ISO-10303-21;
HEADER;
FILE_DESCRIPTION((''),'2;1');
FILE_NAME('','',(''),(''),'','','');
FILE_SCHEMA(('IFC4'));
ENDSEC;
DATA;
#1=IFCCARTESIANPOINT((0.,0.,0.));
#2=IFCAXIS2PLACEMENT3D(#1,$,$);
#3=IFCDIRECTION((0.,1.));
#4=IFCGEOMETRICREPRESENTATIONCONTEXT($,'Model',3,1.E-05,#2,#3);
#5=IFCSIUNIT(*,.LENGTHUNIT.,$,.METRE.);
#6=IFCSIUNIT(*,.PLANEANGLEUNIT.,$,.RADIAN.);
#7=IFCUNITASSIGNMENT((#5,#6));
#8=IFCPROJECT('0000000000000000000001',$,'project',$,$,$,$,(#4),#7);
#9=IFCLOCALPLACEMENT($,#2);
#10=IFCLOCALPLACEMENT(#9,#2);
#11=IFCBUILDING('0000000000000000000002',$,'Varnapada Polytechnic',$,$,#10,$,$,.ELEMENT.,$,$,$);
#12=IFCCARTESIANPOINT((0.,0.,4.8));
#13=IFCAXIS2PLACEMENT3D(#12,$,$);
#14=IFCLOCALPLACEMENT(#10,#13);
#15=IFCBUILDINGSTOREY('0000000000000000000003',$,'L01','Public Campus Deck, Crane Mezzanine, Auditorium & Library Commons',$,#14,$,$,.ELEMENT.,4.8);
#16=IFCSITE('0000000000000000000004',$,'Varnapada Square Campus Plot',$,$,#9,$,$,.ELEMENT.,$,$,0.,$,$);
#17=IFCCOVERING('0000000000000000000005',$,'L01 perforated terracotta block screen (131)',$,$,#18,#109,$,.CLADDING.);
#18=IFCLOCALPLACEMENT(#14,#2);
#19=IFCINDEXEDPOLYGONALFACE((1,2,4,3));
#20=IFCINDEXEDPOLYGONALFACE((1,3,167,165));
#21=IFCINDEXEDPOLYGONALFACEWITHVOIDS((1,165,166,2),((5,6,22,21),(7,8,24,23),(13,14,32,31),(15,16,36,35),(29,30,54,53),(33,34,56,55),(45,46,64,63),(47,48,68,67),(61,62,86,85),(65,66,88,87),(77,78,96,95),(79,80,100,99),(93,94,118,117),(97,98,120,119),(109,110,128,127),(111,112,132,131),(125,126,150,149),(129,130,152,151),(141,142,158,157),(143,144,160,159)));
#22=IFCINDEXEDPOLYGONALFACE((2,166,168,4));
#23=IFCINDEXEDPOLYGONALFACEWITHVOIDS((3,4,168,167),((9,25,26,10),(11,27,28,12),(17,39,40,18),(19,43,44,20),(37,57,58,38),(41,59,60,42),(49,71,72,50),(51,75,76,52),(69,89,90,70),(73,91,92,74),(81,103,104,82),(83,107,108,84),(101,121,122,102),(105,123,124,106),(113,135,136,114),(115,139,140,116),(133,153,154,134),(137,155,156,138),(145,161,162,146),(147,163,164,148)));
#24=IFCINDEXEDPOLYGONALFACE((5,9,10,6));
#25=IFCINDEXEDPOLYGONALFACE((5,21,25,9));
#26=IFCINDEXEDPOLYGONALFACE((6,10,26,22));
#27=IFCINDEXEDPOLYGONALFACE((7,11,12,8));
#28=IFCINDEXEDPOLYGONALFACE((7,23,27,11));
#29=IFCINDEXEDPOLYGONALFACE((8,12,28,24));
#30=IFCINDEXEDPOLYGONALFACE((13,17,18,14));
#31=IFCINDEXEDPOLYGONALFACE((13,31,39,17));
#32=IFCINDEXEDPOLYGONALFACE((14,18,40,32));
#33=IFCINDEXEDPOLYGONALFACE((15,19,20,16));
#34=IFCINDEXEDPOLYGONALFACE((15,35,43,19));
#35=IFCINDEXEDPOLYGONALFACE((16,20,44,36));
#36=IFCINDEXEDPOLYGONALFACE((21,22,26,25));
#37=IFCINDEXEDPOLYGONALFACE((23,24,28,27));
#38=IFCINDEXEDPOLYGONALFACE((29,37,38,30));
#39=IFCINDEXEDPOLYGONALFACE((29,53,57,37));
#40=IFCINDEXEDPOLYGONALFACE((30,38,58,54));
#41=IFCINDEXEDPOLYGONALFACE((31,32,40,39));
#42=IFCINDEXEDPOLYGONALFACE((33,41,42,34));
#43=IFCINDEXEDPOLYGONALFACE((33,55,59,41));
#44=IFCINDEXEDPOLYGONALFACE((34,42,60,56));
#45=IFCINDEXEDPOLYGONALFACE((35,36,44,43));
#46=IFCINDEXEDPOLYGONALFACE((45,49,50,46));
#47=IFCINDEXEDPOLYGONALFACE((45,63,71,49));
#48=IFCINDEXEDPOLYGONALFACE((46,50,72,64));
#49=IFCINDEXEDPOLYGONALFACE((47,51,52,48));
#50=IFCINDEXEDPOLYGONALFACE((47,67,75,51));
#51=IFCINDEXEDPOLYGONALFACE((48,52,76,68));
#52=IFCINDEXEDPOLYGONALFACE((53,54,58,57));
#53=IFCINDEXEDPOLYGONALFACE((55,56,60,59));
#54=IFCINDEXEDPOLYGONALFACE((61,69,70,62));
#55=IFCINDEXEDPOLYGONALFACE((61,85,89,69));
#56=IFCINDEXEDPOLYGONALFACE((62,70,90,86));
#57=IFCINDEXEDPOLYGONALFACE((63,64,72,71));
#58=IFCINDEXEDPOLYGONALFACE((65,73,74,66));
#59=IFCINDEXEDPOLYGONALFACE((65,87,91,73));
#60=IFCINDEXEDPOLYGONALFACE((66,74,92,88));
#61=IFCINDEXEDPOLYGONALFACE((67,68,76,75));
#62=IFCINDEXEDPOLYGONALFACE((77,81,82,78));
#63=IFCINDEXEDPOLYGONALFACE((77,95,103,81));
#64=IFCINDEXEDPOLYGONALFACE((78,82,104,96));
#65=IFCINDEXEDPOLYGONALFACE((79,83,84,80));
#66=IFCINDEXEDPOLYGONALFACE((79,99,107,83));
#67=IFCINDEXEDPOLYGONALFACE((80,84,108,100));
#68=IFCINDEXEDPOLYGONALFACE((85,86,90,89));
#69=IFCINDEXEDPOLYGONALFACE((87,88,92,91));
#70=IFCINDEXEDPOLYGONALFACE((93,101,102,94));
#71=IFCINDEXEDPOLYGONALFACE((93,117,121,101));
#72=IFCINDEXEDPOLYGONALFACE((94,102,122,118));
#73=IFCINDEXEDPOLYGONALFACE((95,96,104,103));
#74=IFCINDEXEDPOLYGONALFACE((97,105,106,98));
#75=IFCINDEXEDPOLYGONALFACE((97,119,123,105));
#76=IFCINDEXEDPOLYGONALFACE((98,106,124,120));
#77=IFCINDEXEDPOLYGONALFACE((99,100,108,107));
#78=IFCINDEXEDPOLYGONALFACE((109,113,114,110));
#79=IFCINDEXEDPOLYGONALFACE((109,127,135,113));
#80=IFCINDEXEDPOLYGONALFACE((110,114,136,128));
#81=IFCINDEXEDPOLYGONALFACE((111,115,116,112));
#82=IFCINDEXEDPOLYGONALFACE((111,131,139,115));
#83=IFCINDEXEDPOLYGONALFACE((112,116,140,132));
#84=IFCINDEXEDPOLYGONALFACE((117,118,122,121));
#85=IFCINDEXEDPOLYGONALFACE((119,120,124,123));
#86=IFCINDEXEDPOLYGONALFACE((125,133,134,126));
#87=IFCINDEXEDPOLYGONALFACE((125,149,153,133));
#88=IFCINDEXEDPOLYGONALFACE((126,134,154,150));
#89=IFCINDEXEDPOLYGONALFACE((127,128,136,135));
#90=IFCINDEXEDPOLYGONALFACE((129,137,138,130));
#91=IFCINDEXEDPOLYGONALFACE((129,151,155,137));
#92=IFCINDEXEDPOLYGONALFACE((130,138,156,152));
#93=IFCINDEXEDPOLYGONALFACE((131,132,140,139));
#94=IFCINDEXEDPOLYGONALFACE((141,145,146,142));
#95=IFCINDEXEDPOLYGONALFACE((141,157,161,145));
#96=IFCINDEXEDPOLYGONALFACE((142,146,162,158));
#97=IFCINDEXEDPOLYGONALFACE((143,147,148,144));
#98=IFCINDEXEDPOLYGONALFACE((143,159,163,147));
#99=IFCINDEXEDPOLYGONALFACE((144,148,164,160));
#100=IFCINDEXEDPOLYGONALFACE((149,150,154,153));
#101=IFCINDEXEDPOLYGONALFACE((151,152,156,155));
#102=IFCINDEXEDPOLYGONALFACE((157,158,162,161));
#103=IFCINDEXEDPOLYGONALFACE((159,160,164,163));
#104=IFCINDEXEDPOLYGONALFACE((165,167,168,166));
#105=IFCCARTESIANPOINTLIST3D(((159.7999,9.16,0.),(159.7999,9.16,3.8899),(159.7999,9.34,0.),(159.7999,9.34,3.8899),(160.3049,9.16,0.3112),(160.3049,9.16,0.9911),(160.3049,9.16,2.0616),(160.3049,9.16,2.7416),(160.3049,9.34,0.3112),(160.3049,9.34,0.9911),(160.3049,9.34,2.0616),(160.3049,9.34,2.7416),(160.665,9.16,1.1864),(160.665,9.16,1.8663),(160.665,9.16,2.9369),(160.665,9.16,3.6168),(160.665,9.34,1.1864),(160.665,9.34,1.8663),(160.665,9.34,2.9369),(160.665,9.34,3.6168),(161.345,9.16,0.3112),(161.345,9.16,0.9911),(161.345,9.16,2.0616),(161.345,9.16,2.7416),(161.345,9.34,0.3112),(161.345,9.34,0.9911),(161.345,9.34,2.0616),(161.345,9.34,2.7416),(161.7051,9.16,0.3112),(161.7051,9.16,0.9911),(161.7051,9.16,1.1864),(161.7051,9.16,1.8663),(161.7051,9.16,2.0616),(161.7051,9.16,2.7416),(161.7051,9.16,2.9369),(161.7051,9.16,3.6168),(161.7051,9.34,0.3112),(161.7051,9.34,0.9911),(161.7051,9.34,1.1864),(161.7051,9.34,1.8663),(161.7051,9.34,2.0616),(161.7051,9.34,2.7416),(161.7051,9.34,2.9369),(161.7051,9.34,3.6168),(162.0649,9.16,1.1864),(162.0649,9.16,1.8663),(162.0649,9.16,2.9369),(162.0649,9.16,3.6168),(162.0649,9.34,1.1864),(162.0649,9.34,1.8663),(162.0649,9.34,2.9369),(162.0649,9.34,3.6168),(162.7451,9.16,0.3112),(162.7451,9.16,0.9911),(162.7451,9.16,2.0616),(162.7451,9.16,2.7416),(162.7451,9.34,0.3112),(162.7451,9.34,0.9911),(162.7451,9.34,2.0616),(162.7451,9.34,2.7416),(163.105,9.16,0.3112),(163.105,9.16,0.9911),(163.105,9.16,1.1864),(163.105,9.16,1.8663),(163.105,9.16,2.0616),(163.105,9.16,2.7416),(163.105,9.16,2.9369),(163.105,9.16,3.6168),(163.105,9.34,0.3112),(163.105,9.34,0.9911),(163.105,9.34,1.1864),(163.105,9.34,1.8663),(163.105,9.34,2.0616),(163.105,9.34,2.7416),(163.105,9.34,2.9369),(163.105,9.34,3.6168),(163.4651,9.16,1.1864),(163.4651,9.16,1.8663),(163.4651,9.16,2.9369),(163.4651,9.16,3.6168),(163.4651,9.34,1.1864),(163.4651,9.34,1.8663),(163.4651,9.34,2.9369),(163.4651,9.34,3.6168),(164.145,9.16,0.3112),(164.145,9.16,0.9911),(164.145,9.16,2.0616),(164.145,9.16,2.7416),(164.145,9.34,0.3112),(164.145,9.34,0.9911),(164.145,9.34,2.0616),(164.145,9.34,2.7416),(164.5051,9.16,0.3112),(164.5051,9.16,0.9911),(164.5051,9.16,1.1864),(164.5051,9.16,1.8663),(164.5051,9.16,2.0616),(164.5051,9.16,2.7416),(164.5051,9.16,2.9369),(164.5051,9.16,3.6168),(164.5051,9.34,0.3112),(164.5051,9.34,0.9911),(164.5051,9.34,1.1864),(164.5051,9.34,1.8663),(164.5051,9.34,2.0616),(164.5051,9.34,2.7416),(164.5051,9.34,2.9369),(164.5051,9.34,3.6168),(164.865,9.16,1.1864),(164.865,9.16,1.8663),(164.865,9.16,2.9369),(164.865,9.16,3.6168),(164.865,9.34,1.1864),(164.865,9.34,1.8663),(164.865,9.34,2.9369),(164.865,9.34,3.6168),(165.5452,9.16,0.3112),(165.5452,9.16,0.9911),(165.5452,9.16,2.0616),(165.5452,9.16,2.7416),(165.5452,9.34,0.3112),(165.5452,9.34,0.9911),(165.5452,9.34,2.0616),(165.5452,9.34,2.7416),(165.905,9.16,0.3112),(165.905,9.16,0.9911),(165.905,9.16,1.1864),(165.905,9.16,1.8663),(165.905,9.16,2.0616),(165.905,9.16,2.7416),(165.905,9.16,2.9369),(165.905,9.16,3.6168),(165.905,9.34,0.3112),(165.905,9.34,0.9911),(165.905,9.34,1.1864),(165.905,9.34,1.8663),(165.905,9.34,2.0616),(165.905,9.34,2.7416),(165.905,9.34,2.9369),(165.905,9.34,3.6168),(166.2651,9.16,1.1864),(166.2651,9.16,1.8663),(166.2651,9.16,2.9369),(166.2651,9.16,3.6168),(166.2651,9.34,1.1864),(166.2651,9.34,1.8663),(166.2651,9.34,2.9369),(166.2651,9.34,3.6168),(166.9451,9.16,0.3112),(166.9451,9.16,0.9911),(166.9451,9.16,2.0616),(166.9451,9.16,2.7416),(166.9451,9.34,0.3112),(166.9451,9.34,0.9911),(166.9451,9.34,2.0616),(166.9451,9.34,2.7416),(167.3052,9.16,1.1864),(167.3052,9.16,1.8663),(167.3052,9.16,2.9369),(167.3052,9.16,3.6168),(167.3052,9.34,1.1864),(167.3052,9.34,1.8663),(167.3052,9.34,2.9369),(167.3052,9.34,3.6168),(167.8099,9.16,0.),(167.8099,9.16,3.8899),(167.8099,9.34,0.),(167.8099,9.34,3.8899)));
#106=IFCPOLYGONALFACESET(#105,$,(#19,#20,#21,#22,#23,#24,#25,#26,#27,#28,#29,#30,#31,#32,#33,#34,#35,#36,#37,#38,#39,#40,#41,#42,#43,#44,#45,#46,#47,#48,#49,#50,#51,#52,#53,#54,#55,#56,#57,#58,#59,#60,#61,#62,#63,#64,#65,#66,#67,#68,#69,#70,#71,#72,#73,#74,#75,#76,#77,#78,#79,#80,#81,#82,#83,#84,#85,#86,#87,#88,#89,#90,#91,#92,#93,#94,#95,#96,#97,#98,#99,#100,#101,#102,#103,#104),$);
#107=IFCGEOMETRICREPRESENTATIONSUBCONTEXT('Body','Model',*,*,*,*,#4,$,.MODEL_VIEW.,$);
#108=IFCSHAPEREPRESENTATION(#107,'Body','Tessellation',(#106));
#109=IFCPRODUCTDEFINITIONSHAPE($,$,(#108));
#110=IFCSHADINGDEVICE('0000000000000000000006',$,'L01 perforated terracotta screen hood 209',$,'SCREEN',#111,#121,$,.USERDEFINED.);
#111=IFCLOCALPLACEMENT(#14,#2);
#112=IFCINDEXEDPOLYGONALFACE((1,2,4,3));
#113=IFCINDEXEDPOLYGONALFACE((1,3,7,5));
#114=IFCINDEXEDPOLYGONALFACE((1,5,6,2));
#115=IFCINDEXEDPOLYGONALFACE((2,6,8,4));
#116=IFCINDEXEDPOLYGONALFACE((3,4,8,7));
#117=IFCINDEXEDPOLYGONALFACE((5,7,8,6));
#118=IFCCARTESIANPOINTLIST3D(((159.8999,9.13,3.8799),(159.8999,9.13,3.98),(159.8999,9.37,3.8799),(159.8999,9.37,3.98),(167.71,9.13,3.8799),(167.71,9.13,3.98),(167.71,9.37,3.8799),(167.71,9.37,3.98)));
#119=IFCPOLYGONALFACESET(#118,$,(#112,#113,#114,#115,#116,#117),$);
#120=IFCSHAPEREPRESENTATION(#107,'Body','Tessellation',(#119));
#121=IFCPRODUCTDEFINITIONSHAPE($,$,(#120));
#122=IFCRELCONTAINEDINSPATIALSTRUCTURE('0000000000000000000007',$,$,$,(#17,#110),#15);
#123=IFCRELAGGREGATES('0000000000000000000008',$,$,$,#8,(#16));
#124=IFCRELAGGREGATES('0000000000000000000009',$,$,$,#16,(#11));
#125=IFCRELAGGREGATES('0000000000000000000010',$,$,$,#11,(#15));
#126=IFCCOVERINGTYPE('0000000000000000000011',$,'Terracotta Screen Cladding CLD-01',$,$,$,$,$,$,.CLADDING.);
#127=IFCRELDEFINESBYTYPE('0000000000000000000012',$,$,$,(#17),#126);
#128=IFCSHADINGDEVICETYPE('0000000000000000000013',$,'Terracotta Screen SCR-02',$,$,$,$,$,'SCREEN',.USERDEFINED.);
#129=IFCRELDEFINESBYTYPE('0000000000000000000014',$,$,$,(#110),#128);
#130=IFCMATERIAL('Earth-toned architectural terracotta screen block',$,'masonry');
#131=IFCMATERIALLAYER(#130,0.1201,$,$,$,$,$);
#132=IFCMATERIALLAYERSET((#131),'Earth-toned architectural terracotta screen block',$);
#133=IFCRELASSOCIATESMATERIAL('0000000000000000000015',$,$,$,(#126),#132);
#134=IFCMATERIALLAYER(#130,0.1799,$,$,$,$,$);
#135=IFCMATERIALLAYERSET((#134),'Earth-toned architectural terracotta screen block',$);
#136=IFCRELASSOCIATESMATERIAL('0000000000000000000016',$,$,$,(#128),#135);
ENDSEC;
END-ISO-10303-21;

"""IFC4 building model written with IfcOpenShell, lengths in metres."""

from ifc_helpers import new_model, si_unit, direction, frame, frame_2d, origin, origin_2d, place, context, subcontext, project, spatial, rectangle, extrude, material, layer, layer_set, type_object, element, save


model = new_model("IFC4")

# Units and contexts
model_context = context("Model", 3, precision=1e-05, world=origin(), true_north=direction((0.0, 1.0)))
body_context = subcontext(model_context, "Body", "Model", "MODEL_VIEW")
ifc_project = project(units=[si_unit("LENGTHUNIT", "METRE"), si_unit("PLANEANGLEUNIT", "RADIAN")], contexts=[model_context])

# Site, building, storey
site_placement = place(None, origin())
site = spatial("IfcSite", under=ifc_project, at=site_placement, Name="Varnapada Square Campus Plot", CompositionType="ELEMENT", RefElevation=0.0)
building_placement = place(site_placement, origin())
building = spatial("IfcBuilding", under=site, at=building_placement, Name="Varnapada Polytechnic", CompositionType="ELEMENT")
storey_placement = place(building_placement, frame((0.0, 0.0, 4.8)))
storey = spatial("IfcBuildingStorey", under=building, at=storey_placement, Name="L01", Description="Public Campus Deck, Crane Mezzanine, Auditorium & Library Commons", CompositionType="ELEMENT", Elevation=4.8)

# Covering, openings
ifc_material_1 = material(Name="Earth-toned architectural terracotta screen block", Category="masonry")
ifc_layer_1 = layer(ifc_material_1, 0.1201)
ifc_layer_set_1 = layer_set([ifc_layer_1], Name="Earth-toned architectural terracotta screen block")
covering_type = type_object("IfcCoveringType", Name="Terracotta Screen Cladding CLD-01", PredefinedType="CLADDING", material=ifc_layer_set_1)
covering_placement = place(storey_placement, frame((159.8, 9.25, 0.0), z_axis=(0.0, 0.0, 1.0), x_axis=(1.0, 0.0, 0.0)))
covering = element("IfcCovering", 1, at=covering_placement, inside=storey, type_object=covering_type, Name="L01 perforated terracotta block screen (131)", PredefinedType="CLADDING", context=body_context, shape_type="SweptSolid", body=[
    extrude(rectangle(XDim=8.01, YDim=0.1799, at=frame_2d((4.0049, 0.0))), origin(), (0.0, 0.0, 1.0), 3.8899),
])
opening_1_placement = place(covering_placement, frame((0.5049, 0.0, 0.3113)))
element("IfcOpeningElement", 2, at=opening_1_placement, cuts=covering, PredefinedType="OPENING", context=body_context, shape_type="SweptSolid", body=[
    extrude(rectangle(XDim=1.04, YDim=0.6799, at=frame_2d((0.52, 0.3398))), frame((0.0, 0.0999, 0.0), z_axis=(0.0, -1.0, 0.0), x_axis=(1.0, 0.0, 0.0)), (0.0, 0.0, 1.0), 0.2),
])
opening_2_placement = place(covering_placement, frame((1.905, 0.0, 0.3113)))
element("IfcOpeningElement", 3, at=opening_2_placement, cuts=covering, PredefinedType="OPENING", context=body_context, shape_type="SweptSolid", body=[
    extrude(rectangle(XDim=1.04, YDim=0.6799, at=frame_2d((0.52, 0.3398))), frame((0.0, 0.0999, 0.0), z_axis=(0.0, -1.0, 0.0), x_axis=(1.0, 0.0, 0.0)), (0.0, 0.0, 1.0), 0.2),
])
opening_3_placement = place(covering_placement, frame((3.3049, 0.0, 0.3113)))
element("IfcOpeningElement", 4, at=opening_3_placement, cuts=covering, PredefinedType="OPENING", context=body_context, shape_type="SweptSolid", body=[
    extrude(rectangle(XDim=1.04, YDim=0.6799, at=frame_2d((0.52, 0.3398))), frame((0.0, 0.0999, 0.0), z_axis=(0.0, -1.0, 0.0), x_axis=(1.0, 0.0, 0.0)), (0.0, 0.0, 1.0), 0.2),
])
opening_4_placement = place(covering_placement, frame((4.7051, 0.0, 0.3113)))
element("IfcOpeningElement", 5, at=opening_4_placement, cuts=covering, PredefinedType="OPENING", context=body_context, shape_type="SweptSolid", body=[
    extrude(rectangle(XDim=1.04, YDim=0.6799, at=frame_2d((0.52, 0.3398))), frame((0.0, 0.0999, 0.0), z_axis=(0.0, -1.0, 0.0), x_axis=(1.0, 0.0, 0.0)), (0.0, 0.0, 1.0), 0.2),
])
opening_5_placement = place(covering_placement, frame((6.105, 0.0, 0.3113)))
element("IfcOpeningElement", 6, at=opening_5_placement, cuts=covering, PredefinedType="OPENING", context=body_context, shape_type="SweptSolid", body=[
    extrude(rectangle(XDim=1.04, YDim=0.6799, at=frame_2d((0.52, 0.3398))), frame((0.0, 0.0999, 0.0), z_axis=(0.0, -1.0, 0.0), x_axis=(1.0, 0.0, 0.0)), (0.0, 0.0, 1.0), 0.2),
])
opening_6_placement = place(covering_placement, frame((0.865, 0.0, 1.1865)))
element("IfcOpeningElement", 7, at=opening_6_placement, cuts=covering, PredefinedType="OPENING", context=body_context, shape_type="SweptSolid", body=[
    extrude(rectangle(XDim=1.04, YDim=0.6799, at=frame_2d((0.52, 0.3398))), frame((0.0, 0.0999, 0.0), z_axis=(0.0, -1.0, 0.0), x_axis=(1.0, 0.0, 0.0)), (0.0, 0.0, 1.0), 0.2),
])
opening_7_placement = place(covering_placement, frame((2.2649, 0.0, 1.1865)))
element("IfcOpeningElement", 8, at=opening_7_placement, cuts=covering, PredefinedType="OPENING", context=body_context, shape_type="SweptSolid", body=[
    extrude(rectangle(XDim=1.04, YDim=0.6799, at=frame_2d((0.52, 0.3398))), frame((0.0, 0.0999, 0.0), z_axis=(0.0, -1.0, 0.0), x_axis=(1.0, 0.0, 0.0)), (0.0, 0.0, 1.0), 0.2),
])
opening_8_placement = place(covering_placement, frame((3.665, 0.0, 1.1865)))
element("IfcOpeningElement", 9, at=opening_8_placement, cuts=covering, PredefinedType="OPENING", context=body_context, shape_type="SweptSolid", body=[
    extrude(rectangle(XDim=1.04, YDim=0.6799, at=frame_2d((0.52, 0.3398))), frame((0.0, 0.0999, 0.0), z_axis=(0.0, -1.0, 0.0), x_axis=(1.0, 0.0, 0.0)), (0.0, 0.0, 1.0), 0.2),
])
opening_9_placement = place(covering_placement, frame((5.0649, 0.0, 1.1865)))
element("IfcOpeningElement", 10, at=opening_9_placement, cuts=covering, PredefinedType="OPENING", context=body_context, shape_type="SweptSolid", body=[
    extrude(rectangle(XDim=1.04, YDim=0.6799, at=frame_2d((0.52, 0.3398))), frame((0.0, 0.0999, 0.0), z_axis=(0.0, -1.0, 0.0), x_axis=(1.0, 0.0, 0.0)), (0.0, 0.0, 1.0), 0.2),
])
opening_10_placement = place(covering_placement, frame((6.4651, 0.0, 1.1865)))
element("IfcOpeningElement", 11, at=opening_10_placement, cuts=covering, PredefinedType="OPENING", context=body_context, shape_type="SweptSolid", body=[
    extrude(rectangle(XDim=1.04, YDim=0.6799, at=frame_2d((0.52, 0.3398))), frame((0.0, 0.0999, 0.0), z_axis=(0.0, -1.0, 0.0), x_axis=(1.0, 0.0, 0.0)), (0.0, 0.0, 1.0), 0.2),
])
opening_11_placement = place(covering_placement, frame((0.5049, 0.0, 2.0618)))
element("IfcOpeningElement", 12, at=opening_11_placement, cuts=covering, PredefinedType="OPENING", context=body_context, shape_type="SweptSolid", body=[
    extrude(rectangle(XDim=1.04, YDim=0.6799, at=frame_2d((0.52, 0.3398))), frame((0.0, 0.0999, 0.0), z_axis=(0.0, -1.0, 0.0), x_axis=(1.0, 0.0, 0.0)), (0.0, 0.0, 1.0), 0.2),
])
opening_12_placement = place(covering_placement, frame((1.905, 0.0, 2.0618)))
element("IfcOpeningElement", 13, at=opening_12_placement, cuts=covering, PredefinedType="OPENING", context=body_context, shape_type="SweptSolid", body=[
    extrude(rectangle(XDim=1.04, YDim=0.6799, at=frame_2d((0.52, 0.3398))), frame((0.0, 0.0999, 0.0), z_axis=(0.0, -1.0, 0.0), x_axis=(1.0, 0.0, 0.0)), (0.0, 0.0, 1.0), 0.2),
])
opening_13_placement = place(covering_placement, frame((3.3049, 0.0, 2.0618)))
element("IfcOpeningElement", 14, at=opening_13_placement, cuts=covering, PredefinedType="OPENING", context=body_context, shape_type="SweptSolid", body=[
    extrude(rectangle(XDim=1.04, YDim=0.6799, at=frame_2d((0.52, 0.3398))), frame((0.0, 0.0999, 0.0), z_axis=(0.0, -1.0, 0.0), x_axis=(1.0, 0.0, 0.0)), (0.0, 0.0, 1.0), 0.2),
])
opening_14_placement = place(covering_placement, frame((4.7051, 0.0, 2.0618)))
element("IfcOpeningElement", 15, at=opening_14_placement, cuts=covering, PredefinedType="OPENING", context=body_context, shape_type="SweptSolid", body=[
    extrude(rectangle(XDim=1.04, YDim=0.6799, at=frame_2d((0.52, 0.3398))), frame((0.0, 0.0999, 0.0), z_axis=(0.0, -1.0, 0.0), x_axis=(1.0, 0.0, 0.0)), (0.0, 0.0, 1.0), 0.2),
])
opening_15_placement = place(covering_placement, frame((6.105, 0.0, 2.0618)))
element("IfcOpeningElement", 16, at=opening_15_placement, cuts=covering, PredefinedType="OPENING", context=body_context, shape_type="SweptSolid", body=[
    extrude(rectangle(XDim=1.04, YDim=0.6799, at=frame_2d((0.52, 0.3398))), frame((0.0, 0.0999, 0.0), z_axis=(0.0, -1.0, 0.0), x_axis=(1.0, 0.0, 0.0)), (0.0, 0.0, 1.0), 0.2),
])
opening_16_placement = place(covering_placement, frame((0.865, 0.0, 2.937)))
element("IfcOpeningElement", 17, at=opening_16_placement, cuts=covering, PredefinedType="OPENING", context=body_context, shape_type="SweptSolid", body=[
    extrude(rectangle(XDim=1.04, YDim=0.6799, at=frame_2d((0.52, 0.3398))), frame((0.0, 0.0999, 0.0), z_axis=(0.0, -1.0, 0.0), x_axis=(1.0, 0.0, 0.0)), (0.0, 0.0, 1.0), 0.2),
])
opening_17_placement = place(covering_placement, frame((2.2649, 0.0, 2.937)))
element("IfcOpeningElement", 18, at=opening_17_placement, cuts=covering, PredefinedType="OPENING", context=body_context, shape_type="SweptSolid", body=[
    extrude(rectangle(XDim=1.04, YDim=0.6799, at=frame_2d((0.52, 0.3398))), frame((0.0, 0.0999, 0.0), z_axis=(0.0, -1.0, 0.0), x_axis=(1.0, 0.0, 0.0)), (0.0, 0.0, 1.0), 0.2),
])
opening_18_placement = place(covering_placement, frame((3.665, 0.0, 2.937)))
element("IfcOpeningElement", 19, at=opening_18_placement, cuts=covering, PredefinedType="OPENING", context=body_context, shape_type="SweptSolid", body=[
    extrude(rectangle(XDim=1.04, YDim=0.6799, at=frame_2d((0.52, 0.3398))), frame((0.0, 0.0999, 0.0), z_axis=(0.0, -1.0, 0.0), x_axis=(1.0, 0.0, 0.0)), (0.0, 0.0, 1.0), 0.2),
])
opening_19_placement = place(covering_placement, frame((5.0649, 0.0, 2.937)))
element("IfcOpeningElement", 20, at=opening_19_placement, cuts=covering, PredefinedType="OPENING", context=body_context, shape_type="SweptSolid", body=[
    extrude(rectangle(XDim=1.04, YDim=0.6799, at=frame_2d((0.52, 0.3398))), frame((0.0, 0.0999, 0.0), z_axis=(0.0, -1.0, 0.0), x_axis=(1.0, 0.0, 0.0)), (0.0, 0.0, 1.0), 0.2),
])
opening_20_placement = place(covering_placement, frame((6.4651, 0.0, 2.937)))
element("IfcOpeningElement", 21, at=opening_20_placement, cuts=covering, PredefinedType="OPENING", context=body_context, shape_type="SweptSolid", body=[
    extrude(rectangle(XDim=1.04, YDim=0.6799, at=frame_2d((0.52, 0.3398))), frame((0.0, 0.0999, 0.0), z_axis=(0.0, -1.0, 0.0), x_axis=(1.0, 0.0, 0.0)), (0.0, 0.0, 1.0), 0.2),
])

# Shading device
ifc_layer_2 = layer(ifc_material_1, 0.1799)
ifc_layer_set_2 = layer_set([ifc_layer_2], Name="Earth-toned architectural terracotta screen block")
shading_device_type = type_object("IfcShadingDeviceType", Name="Terracotta Screen SCR-02", ElementType="SCREEN", PredefinedType="USERDEFINED", material=ifc_layer_set_2)
shading_device_placement = place(storey_placement, frame((163.8049, 9.25, 3.8799), z_axis=(0.0, 0.0, 1.0), x_axis=(1.0, 0.0, 0.0)))
element("IfcShadingDevice", 22, at=shading_device_placement, inside=storey, type_object=shading_device_type, Name="L01 perforated terracotta screen hood 209", ObjectType="SCREEN", PredefinedType="USERDEFINED", context=body_context, shape_type="SweptSolid", body=[
    extrude(rectangle(XDim=7.8101, YDim=0.24, at=origin_2d()), origin(), (0.0, 0.0, 1.0), 0.1001),
])

save(model, "model.ifc")
